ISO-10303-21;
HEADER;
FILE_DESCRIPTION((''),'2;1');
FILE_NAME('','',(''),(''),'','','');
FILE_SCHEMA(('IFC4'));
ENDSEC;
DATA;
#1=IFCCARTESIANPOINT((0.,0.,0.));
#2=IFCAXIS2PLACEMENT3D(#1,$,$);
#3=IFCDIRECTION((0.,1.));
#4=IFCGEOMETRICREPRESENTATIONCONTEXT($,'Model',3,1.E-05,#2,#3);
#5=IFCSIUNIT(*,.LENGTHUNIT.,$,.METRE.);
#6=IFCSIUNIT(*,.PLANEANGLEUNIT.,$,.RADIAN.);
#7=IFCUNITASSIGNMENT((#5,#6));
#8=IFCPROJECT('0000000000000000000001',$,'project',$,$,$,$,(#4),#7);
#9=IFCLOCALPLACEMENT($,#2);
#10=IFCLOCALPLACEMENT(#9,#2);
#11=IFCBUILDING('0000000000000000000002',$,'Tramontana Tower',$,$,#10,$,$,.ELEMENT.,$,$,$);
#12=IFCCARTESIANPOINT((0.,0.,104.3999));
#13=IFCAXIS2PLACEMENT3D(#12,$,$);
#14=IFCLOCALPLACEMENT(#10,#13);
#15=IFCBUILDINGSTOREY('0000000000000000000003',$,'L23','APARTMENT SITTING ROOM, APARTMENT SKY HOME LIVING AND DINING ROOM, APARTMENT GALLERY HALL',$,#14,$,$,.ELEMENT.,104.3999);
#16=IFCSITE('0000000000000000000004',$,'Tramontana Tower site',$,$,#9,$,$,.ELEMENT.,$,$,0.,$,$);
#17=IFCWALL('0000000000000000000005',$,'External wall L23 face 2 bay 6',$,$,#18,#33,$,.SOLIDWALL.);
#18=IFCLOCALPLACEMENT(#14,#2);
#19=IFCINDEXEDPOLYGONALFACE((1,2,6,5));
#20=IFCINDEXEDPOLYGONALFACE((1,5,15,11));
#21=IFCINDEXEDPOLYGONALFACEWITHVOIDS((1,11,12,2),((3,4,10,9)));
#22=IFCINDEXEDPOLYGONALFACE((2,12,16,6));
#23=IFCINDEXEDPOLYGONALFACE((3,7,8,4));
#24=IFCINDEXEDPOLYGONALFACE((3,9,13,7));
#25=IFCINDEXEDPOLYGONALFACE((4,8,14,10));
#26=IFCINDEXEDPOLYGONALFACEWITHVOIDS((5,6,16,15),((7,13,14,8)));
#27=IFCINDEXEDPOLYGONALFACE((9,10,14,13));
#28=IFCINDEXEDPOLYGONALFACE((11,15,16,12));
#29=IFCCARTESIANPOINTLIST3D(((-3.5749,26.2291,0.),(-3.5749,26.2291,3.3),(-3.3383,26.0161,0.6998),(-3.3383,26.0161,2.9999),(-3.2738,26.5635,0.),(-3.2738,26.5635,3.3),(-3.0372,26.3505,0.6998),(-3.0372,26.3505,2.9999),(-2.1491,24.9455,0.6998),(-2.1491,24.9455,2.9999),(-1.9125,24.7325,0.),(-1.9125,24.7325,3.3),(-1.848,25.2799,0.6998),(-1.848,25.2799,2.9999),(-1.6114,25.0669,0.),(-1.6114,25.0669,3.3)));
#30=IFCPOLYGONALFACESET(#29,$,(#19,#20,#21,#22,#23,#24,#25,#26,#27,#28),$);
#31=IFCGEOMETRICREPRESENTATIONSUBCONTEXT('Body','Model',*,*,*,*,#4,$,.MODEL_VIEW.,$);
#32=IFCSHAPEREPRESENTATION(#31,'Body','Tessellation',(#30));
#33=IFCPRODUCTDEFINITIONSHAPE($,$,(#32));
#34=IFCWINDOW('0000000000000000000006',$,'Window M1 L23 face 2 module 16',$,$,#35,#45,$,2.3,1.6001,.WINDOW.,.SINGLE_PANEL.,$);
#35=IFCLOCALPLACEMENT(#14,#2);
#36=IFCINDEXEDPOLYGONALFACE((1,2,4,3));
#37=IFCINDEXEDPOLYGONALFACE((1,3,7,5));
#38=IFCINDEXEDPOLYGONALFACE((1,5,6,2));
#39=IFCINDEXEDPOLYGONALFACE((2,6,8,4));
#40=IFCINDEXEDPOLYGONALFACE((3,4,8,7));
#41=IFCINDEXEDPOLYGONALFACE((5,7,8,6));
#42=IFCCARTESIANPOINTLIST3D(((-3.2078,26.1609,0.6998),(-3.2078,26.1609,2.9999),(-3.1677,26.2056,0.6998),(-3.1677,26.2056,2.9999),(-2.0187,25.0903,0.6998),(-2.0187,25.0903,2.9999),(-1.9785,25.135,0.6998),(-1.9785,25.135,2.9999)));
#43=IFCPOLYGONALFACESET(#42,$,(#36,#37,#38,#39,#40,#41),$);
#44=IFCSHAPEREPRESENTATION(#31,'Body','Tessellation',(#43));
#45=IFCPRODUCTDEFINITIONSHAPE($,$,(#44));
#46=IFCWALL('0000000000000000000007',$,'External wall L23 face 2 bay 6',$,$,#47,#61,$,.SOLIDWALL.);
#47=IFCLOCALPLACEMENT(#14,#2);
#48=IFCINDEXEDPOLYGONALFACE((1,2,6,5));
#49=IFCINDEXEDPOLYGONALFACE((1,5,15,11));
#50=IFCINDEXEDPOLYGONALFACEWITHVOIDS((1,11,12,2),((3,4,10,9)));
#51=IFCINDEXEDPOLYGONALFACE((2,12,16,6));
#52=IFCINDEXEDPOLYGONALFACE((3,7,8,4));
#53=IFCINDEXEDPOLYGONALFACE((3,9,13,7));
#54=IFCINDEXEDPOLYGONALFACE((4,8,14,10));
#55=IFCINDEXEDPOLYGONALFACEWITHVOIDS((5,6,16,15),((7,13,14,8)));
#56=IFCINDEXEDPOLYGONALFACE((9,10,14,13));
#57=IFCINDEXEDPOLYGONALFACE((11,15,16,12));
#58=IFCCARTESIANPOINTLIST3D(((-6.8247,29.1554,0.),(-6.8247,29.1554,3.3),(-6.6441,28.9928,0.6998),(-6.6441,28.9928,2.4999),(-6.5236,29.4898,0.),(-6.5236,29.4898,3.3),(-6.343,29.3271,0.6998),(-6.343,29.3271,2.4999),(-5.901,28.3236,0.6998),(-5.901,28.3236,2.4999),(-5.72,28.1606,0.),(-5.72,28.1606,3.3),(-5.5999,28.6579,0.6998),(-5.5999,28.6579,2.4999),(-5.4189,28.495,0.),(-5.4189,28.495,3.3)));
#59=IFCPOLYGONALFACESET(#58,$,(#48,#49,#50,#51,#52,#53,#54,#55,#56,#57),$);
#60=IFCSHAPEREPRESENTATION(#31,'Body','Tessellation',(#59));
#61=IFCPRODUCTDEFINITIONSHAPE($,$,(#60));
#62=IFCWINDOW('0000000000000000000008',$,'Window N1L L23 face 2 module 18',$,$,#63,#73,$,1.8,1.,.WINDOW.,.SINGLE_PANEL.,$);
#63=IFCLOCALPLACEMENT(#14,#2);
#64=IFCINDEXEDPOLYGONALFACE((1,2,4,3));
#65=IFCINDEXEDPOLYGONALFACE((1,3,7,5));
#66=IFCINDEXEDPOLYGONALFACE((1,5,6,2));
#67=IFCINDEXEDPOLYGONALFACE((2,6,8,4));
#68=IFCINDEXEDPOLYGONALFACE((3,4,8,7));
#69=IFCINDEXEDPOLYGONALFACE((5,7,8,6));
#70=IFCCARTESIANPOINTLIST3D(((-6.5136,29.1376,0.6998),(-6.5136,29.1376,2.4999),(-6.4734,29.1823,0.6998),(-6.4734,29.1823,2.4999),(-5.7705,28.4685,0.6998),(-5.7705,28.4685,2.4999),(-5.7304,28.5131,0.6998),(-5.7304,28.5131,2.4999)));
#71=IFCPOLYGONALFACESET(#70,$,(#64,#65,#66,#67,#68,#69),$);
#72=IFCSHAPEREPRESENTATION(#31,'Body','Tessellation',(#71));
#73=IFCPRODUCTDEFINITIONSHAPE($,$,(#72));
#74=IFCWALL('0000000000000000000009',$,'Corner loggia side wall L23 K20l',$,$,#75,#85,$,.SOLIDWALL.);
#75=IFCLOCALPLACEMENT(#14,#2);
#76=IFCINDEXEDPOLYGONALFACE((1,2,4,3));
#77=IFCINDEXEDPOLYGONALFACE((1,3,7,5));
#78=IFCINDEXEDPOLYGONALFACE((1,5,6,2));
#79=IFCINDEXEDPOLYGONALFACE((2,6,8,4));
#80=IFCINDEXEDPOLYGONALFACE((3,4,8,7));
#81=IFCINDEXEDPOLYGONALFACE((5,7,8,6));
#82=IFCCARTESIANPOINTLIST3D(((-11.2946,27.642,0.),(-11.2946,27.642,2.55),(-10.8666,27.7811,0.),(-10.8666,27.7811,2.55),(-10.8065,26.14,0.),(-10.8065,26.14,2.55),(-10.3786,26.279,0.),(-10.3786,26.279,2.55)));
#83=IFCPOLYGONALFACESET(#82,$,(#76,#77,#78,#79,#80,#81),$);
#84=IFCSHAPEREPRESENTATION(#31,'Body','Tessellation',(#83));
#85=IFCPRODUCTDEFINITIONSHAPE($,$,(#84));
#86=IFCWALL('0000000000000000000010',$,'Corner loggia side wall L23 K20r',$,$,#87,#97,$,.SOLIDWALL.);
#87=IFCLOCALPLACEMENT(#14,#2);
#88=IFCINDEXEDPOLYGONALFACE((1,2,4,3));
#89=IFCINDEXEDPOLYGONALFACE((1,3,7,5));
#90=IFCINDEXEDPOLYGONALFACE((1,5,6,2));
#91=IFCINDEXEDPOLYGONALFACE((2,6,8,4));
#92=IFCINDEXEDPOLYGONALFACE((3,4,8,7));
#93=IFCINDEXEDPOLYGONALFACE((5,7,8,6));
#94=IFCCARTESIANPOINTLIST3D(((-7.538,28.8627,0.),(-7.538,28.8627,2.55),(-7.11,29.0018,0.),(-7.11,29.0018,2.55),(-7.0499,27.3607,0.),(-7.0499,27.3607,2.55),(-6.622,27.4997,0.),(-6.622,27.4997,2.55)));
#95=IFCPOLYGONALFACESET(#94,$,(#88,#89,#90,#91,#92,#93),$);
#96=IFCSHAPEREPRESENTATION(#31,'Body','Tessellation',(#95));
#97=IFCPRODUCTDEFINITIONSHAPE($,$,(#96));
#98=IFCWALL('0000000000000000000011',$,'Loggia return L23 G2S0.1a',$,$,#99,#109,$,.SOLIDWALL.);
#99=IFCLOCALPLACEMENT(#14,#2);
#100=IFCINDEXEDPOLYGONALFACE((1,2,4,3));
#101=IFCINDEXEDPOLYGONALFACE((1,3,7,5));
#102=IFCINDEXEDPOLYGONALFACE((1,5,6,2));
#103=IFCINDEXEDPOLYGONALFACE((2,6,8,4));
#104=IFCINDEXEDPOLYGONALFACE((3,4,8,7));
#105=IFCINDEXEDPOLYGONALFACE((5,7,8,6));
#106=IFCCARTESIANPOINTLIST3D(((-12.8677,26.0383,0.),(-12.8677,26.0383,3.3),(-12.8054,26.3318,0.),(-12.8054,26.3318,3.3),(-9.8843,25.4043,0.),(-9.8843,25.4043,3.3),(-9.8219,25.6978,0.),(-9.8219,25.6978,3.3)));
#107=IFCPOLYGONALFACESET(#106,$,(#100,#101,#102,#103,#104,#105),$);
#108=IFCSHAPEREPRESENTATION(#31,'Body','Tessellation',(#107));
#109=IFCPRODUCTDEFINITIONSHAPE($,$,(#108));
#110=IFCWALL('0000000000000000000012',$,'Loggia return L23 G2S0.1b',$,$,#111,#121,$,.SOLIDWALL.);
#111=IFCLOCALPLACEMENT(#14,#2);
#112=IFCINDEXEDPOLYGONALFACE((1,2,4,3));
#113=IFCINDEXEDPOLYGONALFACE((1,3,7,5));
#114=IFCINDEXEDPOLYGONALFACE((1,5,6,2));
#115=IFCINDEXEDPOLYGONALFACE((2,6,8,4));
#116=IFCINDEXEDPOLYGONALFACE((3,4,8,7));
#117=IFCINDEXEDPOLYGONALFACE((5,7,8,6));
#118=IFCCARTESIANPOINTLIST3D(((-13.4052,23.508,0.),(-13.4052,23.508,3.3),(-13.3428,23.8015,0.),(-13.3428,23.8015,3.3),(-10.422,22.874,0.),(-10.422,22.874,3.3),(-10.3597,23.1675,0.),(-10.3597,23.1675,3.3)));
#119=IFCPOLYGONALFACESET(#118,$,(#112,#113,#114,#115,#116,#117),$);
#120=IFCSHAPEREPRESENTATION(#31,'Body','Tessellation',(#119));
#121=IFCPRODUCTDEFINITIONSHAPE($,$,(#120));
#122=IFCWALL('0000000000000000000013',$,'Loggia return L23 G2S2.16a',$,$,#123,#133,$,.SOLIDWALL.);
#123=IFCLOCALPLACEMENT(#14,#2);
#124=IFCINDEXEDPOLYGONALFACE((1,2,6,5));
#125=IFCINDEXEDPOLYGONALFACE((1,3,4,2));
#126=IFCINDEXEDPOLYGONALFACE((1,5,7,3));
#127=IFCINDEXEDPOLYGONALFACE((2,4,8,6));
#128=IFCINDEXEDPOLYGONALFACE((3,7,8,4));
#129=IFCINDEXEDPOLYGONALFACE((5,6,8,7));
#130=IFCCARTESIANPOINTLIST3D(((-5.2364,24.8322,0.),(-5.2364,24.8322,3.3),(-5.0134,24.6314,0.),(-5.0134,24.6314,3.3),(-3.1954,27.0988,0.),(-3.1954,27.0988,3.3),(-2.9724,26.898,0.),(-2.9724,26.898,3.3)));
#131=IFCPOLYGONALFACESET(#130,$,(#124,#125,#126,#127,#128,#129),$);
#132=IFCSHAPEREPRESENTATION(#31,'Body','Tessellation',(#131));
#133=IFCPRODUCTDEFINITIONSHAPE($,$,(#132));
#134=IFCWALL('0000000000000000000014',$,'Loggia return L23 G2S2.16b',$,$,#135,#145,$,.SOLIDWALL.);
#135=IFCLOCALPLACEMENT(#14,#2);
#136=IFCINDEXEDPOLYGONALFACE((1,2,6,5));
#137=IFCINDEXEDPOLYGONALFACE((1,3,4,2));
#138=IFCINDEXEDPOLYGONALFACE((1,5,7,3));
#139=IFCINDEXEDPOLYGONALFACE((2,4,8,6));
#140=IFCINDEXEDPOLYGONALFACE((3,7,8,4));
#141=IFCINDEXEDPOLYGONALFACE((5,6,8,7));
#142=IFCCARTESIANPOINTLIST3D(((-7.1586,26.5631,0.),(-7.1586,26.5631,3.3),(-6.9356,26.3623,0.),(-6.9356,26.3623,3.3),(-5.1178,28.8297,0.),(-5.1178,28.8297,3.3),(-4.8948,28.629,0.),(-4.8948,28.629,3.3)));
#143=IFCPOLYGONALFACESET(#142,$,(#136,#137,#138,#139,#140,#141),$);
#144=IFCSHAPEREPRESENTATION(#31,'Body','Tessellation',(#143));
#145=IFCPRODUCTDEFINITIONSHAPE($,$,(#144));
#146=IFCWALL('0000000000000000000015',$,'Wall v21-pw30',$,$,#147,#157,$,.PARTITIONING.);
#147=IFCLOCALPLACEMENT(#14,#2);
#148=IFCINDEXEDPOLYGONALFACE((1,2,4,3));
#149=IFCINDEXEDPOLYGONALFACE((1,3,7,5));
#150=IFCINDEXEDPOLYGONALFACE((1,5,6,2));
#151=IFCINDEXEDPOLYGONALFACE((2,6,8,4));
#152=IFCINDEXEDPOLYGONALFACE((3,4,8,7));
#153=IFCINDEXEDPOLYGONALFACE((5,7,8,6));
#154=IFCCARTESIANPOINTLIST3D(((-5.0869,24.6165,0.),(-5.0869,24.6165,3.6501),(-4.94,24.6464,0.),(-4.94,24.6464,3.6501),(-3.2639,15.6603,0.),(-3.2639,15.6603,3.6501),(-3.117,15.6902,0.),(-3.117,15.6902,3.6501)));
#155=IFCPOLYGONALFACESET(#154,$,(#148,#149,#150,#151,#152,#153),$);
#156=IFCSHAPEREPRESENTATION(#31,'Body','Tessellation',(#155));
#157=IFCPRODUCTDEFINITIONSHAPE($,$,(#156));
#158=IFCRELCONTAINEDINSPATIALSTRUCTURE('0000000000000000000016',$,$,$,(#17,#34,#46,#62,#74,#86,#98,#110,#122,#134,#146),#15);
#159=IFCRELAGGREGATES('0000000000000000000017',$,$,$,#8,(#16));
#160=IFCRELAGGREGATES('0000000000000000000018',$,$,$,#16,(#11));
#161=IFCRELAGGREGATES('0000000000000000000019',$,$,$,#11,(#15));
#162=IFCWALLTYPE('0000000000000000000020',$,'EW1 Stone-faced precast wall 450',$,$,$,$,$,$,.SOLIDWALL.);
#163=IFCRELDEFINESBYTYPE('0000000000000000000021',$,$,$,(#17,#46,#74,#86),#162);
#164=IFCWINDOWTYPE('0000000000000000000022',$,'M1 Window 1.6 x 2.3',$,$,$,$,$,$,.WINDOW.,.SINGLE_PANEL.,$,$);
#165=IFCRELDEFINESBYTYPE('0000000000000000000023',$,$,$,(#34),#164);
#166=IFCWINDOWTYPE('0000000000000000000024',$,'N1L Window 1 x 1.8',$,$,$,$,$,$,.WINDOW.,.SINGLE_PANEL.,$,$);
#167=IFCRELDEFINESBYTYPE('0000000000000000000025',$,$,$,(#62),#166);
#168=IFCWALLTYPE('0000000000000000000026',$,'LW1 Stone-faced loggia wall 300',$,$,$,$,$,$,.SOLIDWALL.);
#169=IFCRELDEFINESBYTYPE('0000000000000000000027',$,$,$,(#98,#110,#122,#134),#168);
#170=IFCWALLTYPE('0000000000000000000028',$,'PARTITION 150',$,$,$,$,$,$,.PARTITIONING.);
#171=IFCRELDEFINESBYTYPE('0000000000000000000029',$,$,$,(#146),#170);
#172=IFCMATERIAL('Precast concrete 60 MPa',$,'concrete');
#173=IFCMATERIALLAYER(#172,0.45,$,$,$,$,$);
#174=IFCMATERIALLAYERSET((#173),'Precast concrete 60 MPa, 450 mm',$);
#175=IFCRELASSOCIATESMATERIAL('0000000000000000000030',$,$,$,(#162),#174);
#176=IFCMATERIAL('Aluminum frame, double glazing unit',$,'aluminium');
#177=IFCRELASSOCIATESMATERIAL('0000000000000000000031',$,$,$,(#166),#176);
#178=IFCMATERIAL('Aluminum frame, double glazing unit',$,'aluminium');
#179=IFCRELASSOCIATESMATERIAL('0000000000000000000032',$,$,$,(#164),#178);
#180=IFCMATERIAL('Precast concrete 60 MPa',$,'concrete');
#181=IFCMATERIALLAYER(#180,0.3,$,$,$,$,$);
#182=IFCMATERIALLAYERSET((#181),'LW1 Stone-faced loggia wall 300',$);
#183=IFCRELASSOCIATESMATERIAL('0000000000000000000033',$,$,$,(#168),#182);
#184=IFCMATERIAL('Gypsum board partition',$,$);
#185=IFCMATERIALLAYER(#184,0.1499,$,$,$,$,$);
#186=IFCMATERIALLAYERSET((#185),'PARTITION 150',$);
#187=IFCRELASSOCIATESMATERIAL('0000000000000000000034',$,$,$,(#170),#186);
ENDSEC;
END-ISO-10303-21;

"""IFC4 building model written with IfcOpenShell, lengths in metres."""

from ifc_helpers import new_model, si_unit, direction, frame, frame_2d, origin, place, context, subcontext, project, spatial, rectangle, extrude, material, layer, layer_set, type_object, element, fill, save


model = new_model("IFC4")

# Units and contexts
model_context = context("Model", 3, precision=1e-05, world=origin(), true_north=direction((0.0, 1.0)))
body_context = subcontext(model_context, "Body", "Model", "MODEL_VIEW")
ifc_project = project(units=[si_unit("LENGTHUNIT", "METRE"), si_unit("PLANEANGLEUNIT", "RADIAN")], contexts=[model_context])

# Site, building, storey
site_placement = place(None, origin())
site = spatial("IfcSite", under=ifc_project, at=site_placement, Name="Tramontana Tower site", CompositionType="ELEMENT", RefElevation=0.0)
building_placement = place(site_placement, origin())
building = spatial("IfcBuilding", under=site, at=building_placement, Name="Tramontana Tower", CompositionType="ELEMENT")
storey_placement = place(building_placement, frame((0.0, 0.0, 104.3999)))
storey = spatial("IfcBuildingStorey", under=building, at=storey_placement, Name="L23", Description="APARTMENT SITTING ROOM, APARTMENT SKY HOME LIVING AND DINING ROOM, APARTMENT GALLERY HALL", CompositionType="ELEMENT", Elevation=104.3999)

# Walls, openings, windows
ifc_material_1 = material(Name="Precast concrete 60 MPa", Category="concrete")
ifc_layer_1 = layer(ifc_material_1, 0.45)
ifc_layer_set_1 = layer_set([ifc_layer_1], Name="Precast concrete 60 MPa, 450 mm")
wall_type_1 = type_object("IfcWallType", Name="EW1 Stone-faced precast wall 450", PredefinedType="SOLIDWALL", material=ifc_layer_set_1)
ifc_material_2 = material(Name="Aluminum frame, double glazing unit", Category="aluminium")
window_type_1 = type_object("IfcWindowType", Name="N1L Window 1 x 1.8", PartitioningType="SINGLE_PANEL", PredefinedType="WINDOW", material=ifc_material_2)
wall_1_placement = place(storey_placement, frame((-1.762, 24.8997, 0.0), z_axis=(0.0, 0.0, 1.0), x_axis=(-0.743191, 0.669079, 0.0)))
wall_1 = element("IfcWall", 1, at=wall_1_placement, inside=storey, type_object=wall_type_1, Name="External wall L23 face 2 bay 6", PredefinedType="SOLIDWALL", context=body_context, shape_type="SweptSolid", body=[
    extrude(rectangle(XDim=2.2368, YDim=0.45, at=frame_2d((1.1184, 0.0))), origin(), (0.0, 0.0, 1.0), 3.3),
])
opening_1_placement = place(wall_1_placement, frame((0.3184, 0.0, 0.7)))
opening_1 = element("IfcOpeningElement", 2, at=opening_1_placement, cuts=wall_1, PredefinedType="OPENING", context=body_context, shape_type="SweptSolid", body=[
    extrude(rectangle(XDim=1.6001, YDim=2.3, at=frame_2d((0.8, 1.1499))), frame((0.0, 0.2349, 0.0), z_axis=(0.0, -1.0, 0.0), x_axis=(1.0, 0.0, 0.0)), (0.0, 0.0, 1.0), 0.47),
])
ifc_material_3 = material(Name="Aluminum frame, double glazing unit", Category="aluminium")
window_type_2 = type_object("IfcWindowType", Name="M1 Window 1.6 x 2.3", PartitioningType="SINGLE_PANEL", PredefinedType="WINDOW", material=ifc_material_3)
window_1_placement = place(opening_1_placement, origin())
window_1 = element("IfcWindow", 3, at=window_1_placement, inside=storey, type_object=window_type_2, Name="Window M1 L23 face 2 module 16", OverallHeight=2.3, OverallWidth=1.6001, PartitioningType="SINGLE_PANEL", PredefinedType="WINDOW", context=body_context, shape_type="SweptSolid", body=[
    extrude(rectangle(XDim=1.6001, YDim=2.3, at=frame_2d((0.8, 1.1499))), frame((0.0, 0.03, 0.0), z_axis=(0.0, -1.0, 0.0), x_axis=(1.0, 0.0, 0.0)), (0.0, 0.0, 1.0), 0.0601),
])
fill(opening_1, window_1)
wall_2_placement = place(storey_placement, frame((-5.5696, 28.3279, 0.0), z_axis=(0.0, 0.0, 1.0), x_axis=(-0.74309, 0.669192, 0.0)))
wall_2 = element("IfcWall", 4, at=wall_2_placement, inside=storey, type_object=wall_type_1, Name="External wall L23 face 2 bay 6", PredefinedType="SOLIDWALL", context=body_context, shape_type="SweptSolid", body=[
    extrude(rectangle(XDim=1.4866, YDim=0.45, at=frame_2d((0.7432, 0.0))), origin(), (0.0, 0.0, 1.0), 3.3),
])
opening_2_placement = place(wall_2_placement, frame((0.2434, 0.0, 0.7)))
opening_2 = element("IfcOpeningElement", 5, at=opening_2_placement, cuts=wall_2, PredefinedType="OPENING", context=body_context, shape_type="SweptSolid", body=[
    extrude(rectangle(XDim=1.0, YDim=1.8, at=frame_2d((0.5, 0.8999))), frame((0.0, 0.2349, 0.0), z_axis=(0.0, -1.0, 0.0), x_axis=(1.0, 0.0, 0.0)), (0.0, 0.0, 1.0), 0.47),
])
window_2_placement = place(opening_2_placement, origin())
window_2 = element("IfcWindow", 6, at=window_2_placement, inside=storey, type_object=window_type_1, Name="Window N1L L23 face 2 module 18", OverallHeight=1.8, OverallWidth=1.0, PartitioningType="SINGLE_PANEL", PredefinedType="WINDOW", context=body_context, shape_type="SweptSolid", body=[
    extrude(rectangle(XDim=1.0, YDim=1.8, at=frame_2d((0.5, 0.8999))), frame((0.0, 0.03, 0.0), z_axis=(0.0, -1.0, 0.0), x_axis=(1.0, 0.0, 0.0)), (0.0, 0.0, 1.0), 0.0601),
])
fill(opening_2, window_2)

# Walls
for number, where, z_axis, x_axis, name in (
    (7, (-11.0806, 27.7114, 0.0), (0.0, 0.0, 1.0), (0.30903, -0.951052, 0.0), "Corner loggia side wall L23 K20l"),
    (8, (-7.324, 28.9321, 0.0), (0.0, 0.0, 1.0), (0.30903, -0.951052, 0.0), "Corner loggia side wall L23 K20r"),
):
    element("IfcWall", number, at=place(storey_placement, frame(where, z_axis=z_axis, x_axis=x_axis)), inside=storey, type_object=wall_type_1, Name=name, PredefinedType="SOLIDWALL", context=body_context, shape_type="SweptSolid", body=[
        extrude(rectangle(XDim=1.5793, YDim=0.45, at=frame_2d((0.7896, 0.0))), origin(), (0.0, 0.0, 1.0), 2.55),
    ])

# Shared definitions
ifc_material_4 = material(Name="Precast concrete 60 MPa", Category="concrete")
ifc_layer_2 = layer(ifc_material_4, 0.3)
ifc_layer_set_2 = layer_set([ifc_layer_2], Name="LW1 Stone-faced loggia wall 300")
wall_type_2 = type_object("IfcWallType", Name="LW1 Stone-faced loggia wall 300", PredefinedType="SOLIDWALL", material=ifc_layer_set_2)

# Walls
wall_3_placement = place(storey_placement, frame((-12.8364, 26.1851, 0.0), z_axis=(0.0, 0.0, 1.0), x_axis=(0.978155, -0.207878, 0.0)))
element("IfcWall", 9, at=wall_3_placement, inside=storey, type_object=wall_type_2, Name="Loggia return L23 G2S0.1a", PredefinedType="SOLIDWALL", context=body_context, shape_type="SweptSolid", body=[
    extrude(rectangle(XDim=3.05, YDim=0.3, at=frame_2d((1.5249, 0.0))), origin(), (0.0, 0.0, 1.0), 3.3),
])
wall_4_placement = place(storey_placement, frame((-13.374, 23.6548, 0.0), z_axis=(0.0, 0.0, 1.0), x_axis=(0.978151, -0.207894, 0.0)))
element("IfcWall", 10, at=wall_4_placement, inside=storey, type_object=wall_type_2, Name="Loggia return L23 G2S0.1b", PredefinedType="SOLIDWALL", context=body_context, shape_type="SweptSolid", body=[
    extrude(rectangle(XDim=3.0498, YDim=0.3, at=frame_2d((1.5249, 0.0))), origin(), (0.0, 0.0, 1.0), 3.3),
])

# Walls
for number, where, z_axis, x_axis, name in (
    (11, (-3.084, 26.9983, 0.0), (0.0, 0.0, 1.0), (-0.669159, -0.743119, 0.0), "Loggia return L23 G2S2.16a"),
    (12, (-5.0063, 28.7292, 0.0), (0.0, 0.0, 1.0), (-0.669115, -0.743159, 0.0), "Loggia return L23 G2S2.16b"),
):
    element("IfcWall", number, at=place(storey_placement, frame(where, z_axis=z_axis, x_axis=x_axis)), inside=storey, type_object=wall_type_2, Name=name, PredefinedType="SOLIDWALL", context=body_context, shape_type="SweptSolid", body=[
        extrude(rectangle(XDim=3.05, YDim=0.3, at=frame_2d((1.5249, 0.0))), origin(), (0.0, 0.0, 1.0), 3.3),
    ])
ifc_material_5 = material(Name="Gypsum board partition")
ifc_layer_3 = layer(ifc_material_5, 0.1499)
ifc_layer_set_3 = layer_set([ifc_layer_3], Name="PARTITION 150")
wall_type_3 = type_object("IfcWallType", Name="PARTITION 150", PredefinedType="PARTITIONING", material=ifc_layer_set_3)
wall_5_placement = place(storey_placement, frame((-5.0134, 24.6313, 0.0), z_axis=(0.0, 0.0, 1.0), x_axis=(0.199454, -0.979907, 0.0)))
element("IfcWall", 13, at=wall_5_placement, inside=storey, type_object=wall_type_3, Name="Wall v21-pw30", PredefinedType="PARTITIONING", context=body_context, shape_type="SweptSolid", body=[
    extrude(rectangle(XDim=9.1399, YDim=0.1499, at=frame_2d((4.5698, 0.0))), origin(), (0.0, 0.0, 1.0), 3.6501),
])

save(model, "model.ifc")
